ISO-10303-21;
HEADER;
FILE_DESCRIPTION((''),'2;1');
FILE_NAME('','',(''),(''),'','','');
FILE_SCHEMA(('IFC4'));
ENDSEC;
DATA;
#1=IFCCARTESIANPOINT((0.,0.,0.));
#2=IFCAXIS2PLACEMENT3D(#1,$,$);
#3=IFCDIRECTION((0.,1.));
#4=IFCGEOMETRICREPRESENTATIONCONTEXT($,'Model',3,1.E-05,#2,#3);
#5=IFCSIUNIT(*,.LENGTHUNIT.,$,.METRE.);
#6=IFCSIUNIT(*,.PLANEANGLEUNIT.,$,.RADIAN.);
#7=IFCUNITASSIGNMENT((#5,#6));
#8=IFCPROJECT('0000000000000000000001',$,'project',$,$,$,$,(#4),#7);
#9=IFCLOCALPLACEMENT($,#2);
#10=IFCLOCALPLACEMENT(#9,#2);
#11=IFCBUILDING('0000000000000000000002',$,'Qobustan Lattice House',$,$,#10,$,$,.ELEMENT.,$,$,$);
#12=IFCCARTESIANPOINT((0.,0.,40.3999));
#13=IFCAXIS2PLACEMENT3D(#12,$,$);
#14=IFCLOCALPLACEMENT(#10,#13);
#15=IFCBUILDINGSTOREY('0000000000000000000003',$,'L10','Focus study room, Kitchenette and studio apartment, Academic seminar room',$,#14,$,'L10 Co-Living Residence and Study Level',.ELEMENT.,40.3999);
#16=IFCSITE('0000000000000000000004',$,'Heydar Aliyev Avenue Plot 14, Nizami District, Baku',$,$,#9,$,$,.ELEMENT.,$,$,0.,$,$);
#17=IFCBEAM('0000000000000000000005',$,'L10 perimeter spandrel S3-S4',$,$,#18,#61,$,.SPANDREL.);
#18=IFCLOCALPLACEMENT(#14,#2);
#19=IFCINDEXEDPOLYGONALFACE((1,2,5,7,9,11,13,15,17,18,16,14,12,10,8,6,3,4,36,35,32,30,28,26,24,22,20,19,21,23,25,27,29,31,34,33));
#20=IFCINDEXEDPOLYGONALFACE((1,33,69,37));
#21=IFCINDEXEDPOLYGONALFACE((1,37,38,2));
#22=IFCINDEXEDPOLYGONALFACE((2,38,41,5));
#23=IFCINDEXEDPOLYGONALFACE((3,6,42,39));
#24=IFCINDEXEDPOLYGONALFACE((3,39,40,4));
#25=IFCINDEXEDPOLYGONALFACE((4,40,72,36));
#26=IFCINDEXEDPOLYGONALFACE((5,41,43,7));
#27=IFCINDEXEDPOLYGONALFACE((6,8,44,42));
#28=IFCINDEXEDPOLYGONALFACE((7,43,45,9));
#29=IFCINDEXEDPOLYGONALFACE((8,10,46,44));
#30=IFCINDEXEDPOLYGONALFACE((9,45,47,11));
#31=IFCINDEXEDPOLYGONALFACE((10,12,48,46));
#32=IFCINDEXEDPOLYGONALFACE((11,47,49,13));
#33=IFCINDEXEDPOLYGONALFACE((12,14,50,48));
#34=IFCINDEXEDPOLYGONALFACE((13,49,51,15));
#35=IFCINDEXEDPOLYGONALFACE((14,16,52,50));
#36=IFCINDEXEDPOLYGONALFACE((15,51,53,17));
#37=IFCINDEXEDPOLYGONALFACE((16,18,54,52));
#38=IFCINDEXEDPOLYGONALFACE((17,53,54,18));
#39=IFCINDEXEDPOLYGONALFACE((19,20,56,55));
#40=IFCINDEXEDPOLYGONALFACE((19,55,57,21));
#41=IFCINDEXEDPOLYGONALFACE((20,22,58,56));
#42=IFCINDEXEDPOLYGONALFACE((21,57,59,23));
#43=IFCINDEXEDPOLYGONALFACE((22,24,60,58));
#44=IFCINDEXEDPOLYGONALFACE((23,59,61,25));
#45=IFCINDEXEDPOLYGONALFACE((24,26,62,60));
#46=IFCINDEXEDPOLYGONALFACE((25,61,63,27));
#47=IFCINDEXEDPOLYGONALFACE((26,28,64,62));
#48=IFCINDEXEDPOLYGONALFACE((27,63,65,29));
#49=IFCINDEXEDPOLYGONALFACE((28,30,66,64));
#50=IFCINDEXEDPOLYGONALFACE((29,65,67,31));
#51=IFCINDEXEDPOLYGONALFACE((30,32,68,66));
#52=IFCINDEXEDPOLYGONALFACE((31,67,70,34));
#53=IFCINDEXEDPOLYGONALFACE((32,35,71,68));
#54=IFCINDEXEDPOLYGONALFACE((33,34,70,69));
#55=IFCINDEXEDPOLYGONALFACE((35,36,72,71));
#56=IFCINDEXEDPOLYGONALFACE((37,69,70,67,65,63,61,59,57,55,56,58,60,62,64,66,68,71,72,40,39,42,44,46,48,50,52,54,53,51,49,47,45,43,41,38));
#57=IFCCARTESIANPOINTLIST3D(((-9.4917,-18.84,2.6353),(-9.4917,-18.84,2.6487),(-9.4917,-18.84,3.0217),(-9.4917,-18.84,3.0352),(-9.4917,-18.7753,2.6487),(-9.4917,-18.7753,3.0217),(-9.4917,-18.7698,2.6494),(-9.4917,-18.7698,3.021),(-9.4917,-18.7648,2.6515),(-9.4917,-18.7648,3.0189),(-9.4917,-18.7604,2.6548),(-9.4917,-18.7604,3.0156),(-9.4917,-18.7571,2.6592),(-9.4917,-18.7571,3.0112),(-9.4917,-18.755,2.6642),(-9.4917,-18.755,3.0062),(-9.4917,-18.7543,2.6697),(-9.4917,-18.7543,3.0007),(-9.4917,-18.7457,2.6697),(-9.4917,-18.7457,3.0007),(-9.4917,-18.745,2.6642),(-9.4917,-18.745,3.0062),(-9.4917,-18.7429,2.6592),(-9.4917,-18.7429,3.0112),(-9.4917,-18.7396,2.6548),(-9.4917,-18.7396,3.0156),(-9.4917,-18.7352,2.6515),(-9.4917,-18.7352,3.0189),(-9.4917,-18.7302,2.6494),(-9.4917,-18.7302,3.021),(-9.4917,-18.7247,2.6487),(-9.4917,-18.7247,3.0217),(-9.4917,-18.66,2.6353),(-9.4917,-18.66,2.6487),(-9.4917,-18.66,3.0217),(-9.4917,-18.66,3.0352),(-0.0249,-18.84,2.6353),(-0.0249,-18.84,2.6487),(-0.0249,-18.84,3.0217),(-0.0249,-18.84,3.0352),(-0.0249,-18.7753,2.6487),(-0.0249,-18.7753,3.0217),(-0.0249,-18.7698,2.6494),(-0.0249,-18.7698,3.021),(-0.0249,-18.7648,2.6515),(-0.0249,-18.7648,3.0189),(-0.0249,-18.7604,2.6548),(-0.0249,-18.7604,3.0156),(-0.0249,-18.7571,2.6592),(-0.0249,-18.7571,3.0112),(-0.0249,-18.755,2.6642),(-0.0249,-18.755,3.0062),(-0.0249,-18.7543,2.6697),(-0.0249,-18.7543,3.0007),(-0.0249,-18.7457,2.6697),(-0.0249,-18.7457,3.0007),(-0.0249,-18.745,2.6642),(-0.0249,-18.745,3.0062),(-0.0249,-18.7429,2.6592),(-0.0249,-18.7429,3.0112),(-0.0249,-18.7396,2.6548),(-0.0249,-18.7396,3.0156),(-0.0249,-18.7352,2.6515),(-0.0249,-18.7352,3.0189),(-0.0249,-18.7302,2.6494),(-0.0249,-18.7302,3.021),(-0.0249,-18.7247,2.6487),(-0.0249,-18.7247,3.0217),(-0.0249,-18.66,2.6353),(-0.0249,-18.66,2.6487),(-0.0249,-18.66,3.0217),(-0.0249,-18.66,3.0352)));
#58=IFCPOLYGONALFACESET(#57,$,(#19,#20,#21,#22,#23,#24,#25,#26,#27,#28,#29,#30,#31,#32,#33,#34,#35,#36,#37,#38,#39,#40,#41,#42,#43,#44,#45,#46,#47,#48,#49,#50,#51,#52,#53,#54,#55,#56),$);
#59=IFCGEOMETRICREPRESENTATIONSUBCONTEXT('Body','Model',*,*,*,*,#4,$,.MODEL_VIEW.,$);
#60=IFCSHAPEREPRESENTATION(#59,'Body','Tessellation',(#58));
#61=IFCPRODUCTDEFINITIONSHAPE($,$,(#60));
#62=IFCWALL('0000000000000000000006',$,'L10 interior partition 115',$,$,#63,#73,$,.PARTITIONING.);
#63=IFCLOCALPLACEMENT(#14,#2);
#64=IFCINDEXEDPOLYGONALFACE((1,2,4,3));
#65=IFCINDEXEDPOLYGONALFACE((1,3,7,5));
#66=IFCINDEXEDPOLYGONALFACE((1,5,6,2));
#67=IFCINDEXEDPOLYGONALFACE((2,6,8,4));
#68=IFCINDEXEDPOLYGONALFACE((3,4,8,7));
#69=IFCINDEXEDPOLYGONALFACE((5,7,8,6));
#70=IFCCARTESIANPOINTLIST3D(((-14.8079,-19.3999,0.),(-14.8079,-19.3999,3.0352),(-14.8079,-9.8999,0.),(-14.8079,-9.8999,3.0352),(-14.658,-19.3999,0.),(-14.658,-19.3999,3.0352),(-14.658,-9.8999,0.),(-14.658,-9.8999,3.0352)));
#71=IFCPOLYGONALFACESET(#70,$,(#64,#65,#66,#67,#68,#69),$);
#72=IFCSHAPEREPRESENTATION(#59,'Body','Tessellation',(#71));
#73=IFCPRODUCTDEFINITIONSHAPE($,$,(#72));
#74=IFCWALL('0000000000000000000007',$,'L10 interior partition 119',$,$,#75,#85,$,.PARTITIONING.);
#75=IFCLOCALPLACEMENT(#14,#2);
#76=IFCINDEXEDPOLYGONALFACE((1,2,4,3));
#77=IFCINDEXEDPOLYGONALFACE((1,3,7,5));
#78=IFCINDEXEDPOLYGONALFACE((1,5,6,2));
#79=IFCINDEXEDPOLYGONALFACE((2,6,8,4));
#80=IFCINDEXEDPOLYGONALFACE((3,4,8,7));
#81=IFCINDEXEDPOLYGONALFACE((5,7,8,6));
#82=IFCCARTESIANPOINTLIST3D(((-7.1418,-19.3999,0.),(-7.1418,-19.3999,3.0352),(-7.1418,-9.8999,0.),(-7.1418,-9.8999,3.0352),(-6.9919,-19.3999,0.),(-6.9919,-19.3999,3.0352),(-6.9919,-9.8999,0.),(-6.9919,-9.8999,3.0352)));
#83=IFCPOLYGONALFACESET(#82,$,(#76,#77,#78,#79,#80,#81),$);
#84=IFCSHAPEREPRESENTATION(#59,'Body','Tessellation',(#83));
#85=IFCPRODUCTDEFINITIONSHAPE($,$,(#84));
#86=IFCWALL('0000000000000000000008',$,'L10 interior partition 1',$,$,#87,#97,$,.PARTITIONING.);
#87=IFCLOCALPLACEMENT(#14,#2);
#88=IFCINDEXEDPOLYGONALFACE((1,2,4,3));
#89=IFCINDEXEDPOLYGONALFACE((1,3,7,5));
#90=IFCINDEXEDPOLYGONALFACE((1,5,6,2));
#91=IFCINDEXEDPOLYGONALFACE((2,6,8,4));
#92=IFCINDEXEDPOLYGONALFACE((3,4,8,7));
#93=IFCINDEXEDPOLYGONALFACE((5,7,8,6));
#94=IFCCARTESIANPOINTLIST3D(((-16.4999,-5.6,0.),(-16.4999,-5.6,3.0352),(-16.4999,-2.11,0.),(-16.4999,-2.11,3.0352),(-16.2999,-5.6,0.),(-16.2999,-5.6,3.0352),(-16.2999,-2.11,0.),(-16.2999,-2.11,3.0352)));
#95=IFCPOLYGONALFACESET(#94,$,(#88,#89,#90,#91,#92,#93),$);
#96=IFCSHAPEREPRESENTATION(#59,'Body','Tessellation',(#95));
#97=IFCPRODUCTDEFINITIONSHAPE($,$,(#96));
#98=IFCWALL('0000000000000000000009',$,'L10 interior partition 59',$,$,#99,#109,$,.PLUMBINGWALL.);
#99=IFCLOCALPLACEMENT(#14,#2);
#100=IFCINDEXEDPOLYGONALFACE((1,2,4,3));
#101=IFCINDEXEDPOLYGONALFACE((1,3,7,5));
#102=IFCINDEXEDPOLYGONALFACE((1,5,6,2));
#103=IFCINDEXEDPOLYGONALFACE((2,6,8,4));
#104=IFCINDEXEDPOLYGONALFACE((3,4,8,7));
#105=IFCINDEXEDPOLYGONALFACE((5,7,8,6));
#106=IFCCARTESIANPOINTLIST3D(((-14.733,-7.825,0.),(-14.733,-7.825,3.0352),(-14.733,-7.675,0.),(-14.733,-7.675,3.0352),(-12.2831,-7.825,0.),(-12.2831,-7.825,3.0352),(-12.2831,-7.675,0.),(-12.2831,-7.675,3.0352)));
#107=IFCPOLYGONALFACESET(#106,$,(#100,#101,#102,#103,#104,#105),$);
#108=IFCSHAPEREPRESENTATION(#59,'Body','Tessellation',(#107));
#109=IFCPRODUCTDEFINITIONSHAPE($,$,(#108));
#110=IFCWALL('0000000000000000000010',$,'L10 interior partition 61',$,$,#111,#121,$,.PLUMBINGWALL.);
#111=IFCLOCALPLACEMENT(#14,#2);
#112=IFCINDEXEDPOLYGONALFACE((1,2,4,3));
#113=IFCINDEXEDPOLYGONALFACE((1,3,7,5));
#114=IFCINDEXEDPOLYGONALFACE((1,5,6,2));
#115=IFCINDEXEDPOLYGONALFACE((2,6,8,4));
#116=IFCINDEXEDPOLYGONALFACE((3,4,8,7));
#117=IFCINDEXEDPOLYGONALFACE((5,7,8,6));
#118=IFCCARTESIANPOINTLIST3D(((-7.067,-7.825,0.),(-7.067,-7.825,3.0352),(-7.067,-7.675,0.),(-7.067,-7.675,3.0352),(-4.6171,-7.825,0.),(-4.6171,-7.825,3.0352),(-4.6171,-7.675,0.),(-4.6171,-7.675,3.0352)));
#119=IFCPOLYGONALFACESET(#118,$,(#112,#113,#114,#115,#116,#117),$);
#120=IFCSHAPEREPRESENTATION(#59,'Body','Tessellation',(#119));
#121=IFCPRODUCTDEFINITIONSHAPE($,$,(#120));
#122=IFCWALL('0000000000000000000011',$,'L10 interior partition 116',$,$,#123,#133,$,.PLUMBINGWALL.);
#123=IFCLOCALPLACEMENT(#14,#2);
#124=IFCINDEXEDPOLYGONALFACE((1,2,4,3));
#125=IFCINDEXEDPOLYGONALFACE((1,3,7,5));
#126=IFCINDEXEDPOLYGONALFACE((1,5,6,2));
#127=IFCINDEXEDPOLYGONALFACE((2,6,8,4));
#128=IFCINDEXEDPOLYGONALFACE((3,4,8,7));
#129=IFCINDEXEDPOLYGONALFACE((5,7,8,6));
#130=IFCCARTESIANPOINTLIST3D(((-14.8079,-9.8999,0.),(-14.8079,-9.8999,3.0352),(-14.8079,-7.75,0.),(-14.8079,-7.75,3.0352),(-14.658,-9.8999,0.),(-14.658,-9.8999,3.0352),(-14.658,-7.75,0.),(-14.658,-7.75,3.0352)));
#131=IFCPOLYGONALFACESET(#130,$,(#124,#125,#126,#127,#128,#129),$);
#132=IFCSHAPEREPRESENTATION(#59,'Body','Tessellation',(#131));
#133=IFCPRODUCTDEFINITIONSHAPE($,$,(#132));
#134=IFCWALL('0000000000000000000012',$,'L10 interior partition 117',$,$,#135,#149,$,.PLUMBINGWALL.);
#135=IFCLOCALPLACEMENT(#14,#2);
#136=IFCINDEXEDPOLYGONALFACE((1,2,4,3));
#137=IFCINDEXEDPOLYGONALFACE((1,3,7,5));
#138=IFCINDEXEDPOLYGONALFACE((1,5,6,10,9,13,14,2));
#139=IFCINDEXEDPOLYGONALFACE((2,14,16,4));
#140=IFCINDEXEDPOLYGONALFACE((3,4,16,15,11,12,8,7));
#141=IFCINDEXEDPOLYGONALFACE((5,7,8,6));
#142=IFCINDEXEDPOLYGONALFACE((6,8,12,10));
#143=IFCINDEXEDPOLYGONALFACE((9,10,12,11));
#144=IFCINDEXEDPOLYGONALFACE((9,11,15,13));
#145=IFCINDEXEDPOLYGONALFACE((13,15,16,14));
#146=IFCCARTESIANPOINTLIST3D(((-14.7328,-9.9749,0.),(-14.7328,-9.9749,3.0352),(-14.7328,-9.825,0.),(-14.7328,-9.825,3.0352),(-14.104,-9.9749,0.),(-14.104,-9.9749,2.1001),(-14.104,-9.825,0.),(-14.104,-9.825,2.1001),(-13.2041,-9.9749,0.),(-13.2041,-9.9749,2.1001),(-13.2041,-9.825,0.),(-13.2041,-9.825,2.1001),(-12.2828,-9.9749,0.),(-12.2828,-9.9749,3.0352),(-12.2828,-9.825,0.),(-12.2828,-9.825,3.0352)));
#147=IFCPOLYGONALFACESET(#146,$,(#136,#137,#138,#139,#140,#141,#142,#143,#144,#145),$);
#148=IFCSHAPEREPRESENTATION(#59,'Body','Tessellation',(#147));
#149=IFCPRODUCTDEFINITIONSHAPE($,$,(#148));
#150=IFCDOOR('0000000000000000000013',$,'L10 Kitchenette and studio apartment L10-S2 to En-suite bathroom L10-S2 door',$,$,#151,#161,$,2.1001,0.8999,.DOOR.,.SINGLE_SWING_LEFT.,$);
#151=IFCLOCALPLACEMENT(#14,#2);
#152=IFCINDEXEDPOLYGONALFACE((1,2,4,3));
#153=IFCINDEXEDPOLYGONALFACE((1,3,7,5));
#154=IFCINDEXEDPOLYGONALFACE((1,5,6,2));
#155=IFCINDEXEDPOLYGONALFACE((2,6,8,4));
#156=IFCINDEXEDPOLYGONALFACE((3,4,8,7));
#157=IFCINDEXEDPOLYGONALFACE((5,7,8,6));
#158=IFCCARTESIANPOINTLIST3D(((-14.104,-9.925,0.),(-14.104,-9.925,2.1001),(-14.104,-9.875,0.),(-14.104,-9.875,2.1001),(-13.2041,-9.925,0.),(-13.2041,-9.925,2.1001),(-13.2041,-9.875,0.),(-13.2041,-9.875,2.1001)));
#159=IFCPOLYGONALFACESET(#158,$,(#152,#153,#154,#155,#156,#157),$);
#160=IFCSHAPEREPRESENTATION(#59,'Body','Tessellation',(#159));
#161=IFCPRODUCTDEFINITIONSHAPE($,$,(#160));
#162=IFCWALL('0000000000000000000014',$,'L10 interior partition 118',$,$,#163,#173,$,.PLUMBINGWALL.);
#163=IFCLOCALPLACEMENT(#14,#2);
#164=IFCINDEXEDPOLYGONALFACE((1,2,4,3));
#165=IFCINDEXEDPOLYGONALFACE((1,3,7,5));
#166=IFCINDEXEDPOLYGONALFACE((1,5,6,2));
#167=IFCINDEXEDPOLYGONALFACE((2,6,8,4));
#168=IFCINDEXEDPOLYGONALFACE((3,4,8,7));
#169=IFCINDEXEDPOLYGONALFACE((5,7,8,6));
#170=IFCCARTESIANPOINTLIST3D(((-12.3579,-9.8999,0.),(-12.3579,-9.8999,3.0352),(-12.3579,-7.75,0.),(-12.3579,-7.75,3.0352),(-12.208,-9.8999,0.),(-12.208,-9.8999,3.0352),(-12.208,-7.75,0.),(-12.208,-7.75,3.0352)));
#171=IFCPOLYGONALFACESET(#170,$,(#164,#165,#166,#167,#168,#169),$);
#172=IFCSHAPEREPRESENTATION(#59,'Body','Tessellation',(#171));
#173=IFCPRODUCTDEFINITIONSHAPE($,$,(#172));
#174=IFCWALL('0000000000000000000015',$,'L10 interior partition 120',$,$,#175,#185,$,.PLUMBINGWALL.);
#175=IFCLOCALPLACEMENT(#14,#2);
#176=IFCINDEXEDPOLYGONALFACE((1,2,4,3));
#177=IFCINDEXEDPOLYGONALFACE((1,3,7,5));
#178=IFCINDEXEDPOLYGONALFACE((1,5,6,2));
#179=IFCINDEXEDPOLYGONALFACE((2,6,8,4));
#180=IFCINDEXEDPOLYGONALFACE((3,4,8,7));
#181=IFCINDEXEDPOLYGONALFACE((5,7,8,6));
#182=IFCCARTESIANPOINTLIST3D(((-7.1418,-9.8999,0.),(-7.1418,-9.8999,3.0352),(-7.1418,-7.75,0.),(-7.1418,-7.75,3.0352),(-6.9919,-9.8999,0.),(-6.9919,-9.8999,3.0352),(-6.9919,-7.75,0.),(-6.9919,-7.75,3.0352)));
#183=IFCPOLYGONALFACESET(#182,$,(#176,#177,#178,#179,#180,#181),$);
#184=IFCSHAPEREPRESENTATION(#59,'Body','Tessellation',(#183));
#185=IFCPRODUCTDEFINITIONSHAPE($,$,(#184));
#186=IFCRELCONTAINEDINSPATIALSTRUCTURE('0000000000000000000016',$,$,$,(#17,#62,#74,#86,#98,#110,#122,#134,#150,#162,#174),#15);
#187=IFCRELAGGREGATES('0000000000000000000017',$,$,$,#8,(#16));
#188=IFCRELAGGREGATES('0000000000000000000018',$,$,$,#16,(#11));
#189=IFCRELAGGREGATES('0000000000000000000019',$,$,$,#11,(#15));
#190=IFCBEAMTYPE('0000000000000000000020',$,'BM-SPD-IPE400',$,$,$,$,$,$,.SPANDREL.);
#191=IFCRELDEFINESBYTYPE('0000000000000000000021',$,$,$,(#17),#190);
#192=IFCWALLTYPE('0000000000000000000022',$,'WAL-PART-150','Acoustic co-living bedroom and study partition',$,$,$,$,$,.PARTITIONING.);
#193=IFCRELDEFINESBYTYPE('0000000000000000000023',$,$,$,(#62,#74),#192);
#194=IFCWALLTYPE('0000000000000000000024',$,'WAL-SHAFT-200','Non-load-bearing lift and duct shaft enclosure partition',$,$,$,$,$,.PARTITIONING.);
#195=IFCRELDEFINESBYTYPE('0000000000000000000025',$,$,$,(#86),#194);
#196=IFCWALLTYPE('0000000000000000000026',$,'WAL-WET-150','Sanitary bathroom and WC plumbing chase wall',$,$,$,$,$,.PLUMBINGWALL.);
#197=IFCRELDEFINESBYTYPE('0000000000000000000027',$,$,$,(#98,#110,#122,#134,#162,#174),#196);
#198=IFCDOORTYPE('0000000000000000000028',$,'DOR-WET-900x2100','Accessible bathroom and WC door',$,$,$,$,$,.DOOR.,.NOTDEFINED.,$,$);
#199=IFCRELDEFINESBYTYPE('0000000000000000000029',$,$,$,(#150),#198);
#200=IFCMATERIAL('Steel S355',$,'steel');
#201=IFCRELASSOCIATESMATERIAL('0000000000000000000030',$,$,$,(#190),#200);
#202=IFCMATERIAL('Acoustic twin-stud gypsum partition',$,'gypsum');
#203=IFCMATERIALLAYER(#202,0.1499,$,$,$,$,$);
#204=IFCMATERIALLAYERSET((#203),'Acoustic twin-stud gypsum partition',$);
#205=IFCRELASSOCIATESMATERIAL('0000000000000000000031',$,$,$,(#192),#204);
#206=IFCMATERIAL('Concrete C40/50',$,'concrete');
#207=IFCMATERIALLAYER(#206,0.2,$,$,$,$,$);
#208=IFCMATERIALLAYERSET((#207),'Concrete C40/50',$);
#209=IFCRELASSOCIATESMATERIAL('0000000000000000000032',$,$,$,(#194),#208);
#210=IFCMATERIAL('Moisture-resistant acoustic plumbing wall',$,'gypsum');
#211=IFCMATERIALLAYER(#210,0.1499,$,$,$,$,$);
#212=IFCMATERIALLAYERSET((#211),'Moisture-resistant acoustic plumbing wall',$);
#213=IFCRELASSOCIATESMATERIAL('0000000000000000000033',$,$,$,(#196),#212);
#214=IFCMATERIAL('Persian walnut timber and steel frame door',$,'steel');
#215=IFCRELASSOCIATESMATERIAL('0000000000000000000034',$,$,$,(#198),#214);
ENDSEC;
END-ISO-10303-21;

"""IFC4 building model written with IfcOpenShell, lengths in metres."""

from ifc_helpers import new_model, si_unit, direction, frame, frame_2d, origin, origin_2d, place, context, subcontext, project, spatial, rectangle, i_section, extrude, material, layer, layer_set, material_profile, profile_set, type_object, element, fill, save


model = new_model("IFC4")

# Units and contexts
model_context = context("Model", 3, precision=1e-05, world=origin(), true_north=direction((0.0, 1.0)))
body_context = subcontext(model_context, "Body", "Model", "MODEL_VIEW")
ifc_project = project(units=[si_unit("LENGTHUNIT", "METRE"), si_unit("PLANEANGLEUNIT", "RADIAN")], contexts=[model_context])

# Site, building, storey
site_placement = place(None, origin())
site = spatial("IfcSite", under=ifc_project, at=site_placement, Name="Heydar Aliyev Avenue Plot 14, Nizami District, Baku", CompositionType="ELEMENT", RefElevation=0.0)
building_placement = place(site_placement, origin())
building = spatial("IfcBuilding", under=site, at=building_placement, Name="Qobustan Lattice House", CompositionType="ELEMENT")
storey_placement = place(building_placement, frame((0.0, 0.0, 40.3999)))
storey = spatial("IfcBuildingStorey", under=building, at=storey_placement, Name="L10", Description="Focus study room, Kitchenette and studio apartment, Academic seminar room", LongName="L10 Co-Living Residence and Study Level", CompositionType="ELEMENT", Elevation=40.3999)

# Beam
ifc_material_1 = material(Name="Steel S355", Category="steel")
ifc_material_profile_1 = material_profile(ifc_material_1, i_section(OverallWidth=0.1799, OverallDepth=0.3999, WebThickness=0.0085, FlangeThickness=0.0134, FilletRadius=0.021, at=origin_2d()), Name="IPE400")
ifc_profile_set_1 = profile_set([ifc_material_profile_1], Name="Steel S355")
beam_type_1 = type_object("IfcBeamType", Name="BM-SPD-IPE400", PredefinedType="SPANDREL", material=ifc_profile_set_1)
beam_1_placement = place(storey_placement, frame((-9.4917, -18.75, 2.8352), z_axis=(1.0, 0.0, 0.0), x_axis=(0.0, 1.0, 0.0)))
element("IfcBeam", 1, at=beam_1_placement, inside=storey, type_object=beam_type_1, Name="L10 perimeter spandrel S3-S4", PredefinedType="SPANDREL", context=body_context, shape_type="SweptSolid", body=[
    extrude(i_section(OverallWidth=0.1799, OverallDepth=0.3999, WebThickness=0.0085, FlangeThickness=0.0134, FilletRadius=0.021, at=origin_2d()), origin(), (0.0, 0.0, 1.0), 9.4668),
])

# Shared definitions
ifc_material_2 = material(Name="Acoustic twin-stud gypsum partition", Category="gypsum")
ifc_layer_1 = layer(ifc_material_2, 0.1499)
ifc_layer_set_1 = layer_set([ifc_layer_1], Name="Acoustic twin-stud gypsum partition")
wall_type_1 = type_object("IfcWallType", Name="WAL-PART-150", Description="Acoustic co-living bedroom and study partition", PredefinedType="PARTITIONING", material=ifc_layer_set_1)

# Walls
for number, where, z_axis, x_axis, name in (
    (2, (-14.7329, -9.8999, 0.0), (0.0, 0.0, 1.0), (0.0, -1.0, 0.0), "L10 interior partition 115"),
    (3, (-7.0669, -9.8999, 0.0), (0.0, 0.0, 1.0), (0.0, -1.0, 0.0), "L10 interior partition 119"),
):
    element("IfcWall", number, at=place(storey_placement, frame(where, z_axis=z_axis, x_axis=x_axis)), inside=storey, type_object=wall_type_1, Name=name, PredefinedType="PARTITIONING", context=body_context, shape_type="SweptSolid", body=[
        extrude(rectangle(XDim=9.5, YDim=0.1499, at=frame_2d((4.75, 0.0))), origin(), (0.0, 0.0, 1.0), 3.0352),
    ])
ifc_material_3 = material(Name="Concrete C40/50", Category="concrete")
ifc_layer_2 = layer(ifc_material_3, 0.2)
ifc_layer_set_2 = layer_set([ifc_layer_2], Name="Concrete C40/50")
wall_type_2 = type_object("IfcWallType", Name="WAL-SHAFT-200", Description="Non-load-bearing lift and duct shaft enclosure partition", PredefinedType="PARTITIONING", material=ifc_layer_set_2)
wall_1_placement = place(storey_placement, frame((-16.3999, -5.6001, 0.0), z_axis=(0.0, 0.0, 1.0), x_axis=(0.0, 1.0, 0.0)))
element("IfcWall", 4, at=wall_1_placement, inside=storey, type_object=wall_type_2, Name="L10 interior partition 1", PredefinedType="PARTITIONING", context=body_context, shape_type="SweptSolid", body=[
    extrude(rectangle(XDim=3.49, YDim=0.2, at=frame_2d((1.7451, 0.0))), origin(), (0.0, 0.0, 1.0), 3.0352),
])
ifc_material_4 = material(Name="Moisture-resistant acoustic plumbing wall", Category="gypsum")
ifc_layer_3 = layer(ifc_material_4, 0.1499)
ifc_layer_set_3 = layer_set([ifc_layer_3], Name="Moisture-resistant acoustic plumbing wall")
wall_type_3 = type_object("IfcWallType", Name="WAL-WET-150", Description="Sanitary bathroom and WC plumbing chase wall", PredefinedType="PLUMBINGWALL", material=ifc_layer_set_3)
for number, where, z_axis, x_axis, name in (
    (5, (-12.283, -7.75, 0.0), (0.0, 0.0, 1.0), (-1.0, 0.0, 0.0), "L10 interior partition 59"),
    (6, (-4.6169, -7.75, 0.0), (0.0, 0.0, 1.0), (-1.0, 0.0, 0.0), "L10 interior partition 61"),
):
    element("IfcWall", number, at=place(storey_placement, frame(where, z_axis=z_axis, x_axis=x_axis)), inside=storey, type_object=wall_type_3, Name=name, PredefinedType="PLUMBINGWALL", context=body_context, shape_type="SweptSolid", body=[
        extrude(rectangle(XDim=2.45, YDim=0.1499, at=frame_2d((1.2251, 0.0))), origin(), (0.0, 0.0, 1.0), 3.0352),
    ])
wall_2_placement = place(storey_placement, frame((-14.7329, -7.75, 0.0), z_axis=(0.0, 0.0, 1.0), x_axis=(0.0, -1.0, 0.0)))
element("IfcWall", 7, at=wall_2_placement, inside=storey, type_object=wall_type_3, Name="L10 interior partition 116", PredefinedType="PLUMBINGWALL", context=body_context, shape_type="SweptSolid", body=[
    extrude(rectangle(XDim=2.1499, YDim=0.1499, at=frame_2d((1.075, 0.0))), origin(), (0.0, 0.0, 1.0), 3.0352),
])

# Wall, opening, door
wall_3_placement = place(storey_placement, frame((-14.7329, -9.8999, 0.0), z_axis=(0.0, 0.0, 1.0), x_axis=(1.0, 0.0, 0.0)))
wall_3 = element("IfcWall", 8, at=wall_3_placement, inside=storey, type_object=wall_type_3, Name="L10 interior partition 117", PredefinedType="PLUMBINGWALL", context=body_context, shape_type="SweptSolid", body=[
    extrude(rectangle(XDim=2.45, YDim=0.1499, at=frame_2d((1.2251, 0.0))), origin(), (0.0, 0.0, 1.0), 3.0352),
])
opening_1_placement = place(wall_3_placement, frame((0.6289, 0.0, 0.0)))
opening_1 = element("IfcOpeningElement", 9, at=opening_1_placement, cuts=wall_3, PredefinedType="OPENING", context=body_context, shape_type="SweptSolid", body=[
    extrude(rectangle(XDim=0.8999, YDim=2.1001, at=frame_2d((0.45, 1.05))), frame((0.0, 0.085, 0.0), z_axis=(0.0, -1.0, 0.0), x_axis=(1.0, 0.0, 0.0)), (0.0, 0.0, 1.0), 0.1699),
])
ifc_material_5 = material(Name="Persian walnut timber and steel frame door", Category="steel")
door_type_1 = type_object("IfcDoorType", Name="DOR-WET-900x2100", Description="Accessible bathroom and WC door", OperationType="NOTDEFINED", PredefinedType="DOOR", material=ifc_material_5)
door_1_placement = place(opening_1_placement, origin())
door_1 = element("IfcDoor", 10, at=door_1_placement, inside=storey, type_object=door_type_1, Name="L10 Kitchenette and studio apartment L10-S2 to En-suite bathroom L10-S2 door", OperationType="SINGLE_SWING_LEFT", OverallHeight=2.1001, OverallWidth=0.8999, PredefinedType="DOOR", context=body_context, shape_type="SweptSolid", body=[
    extrude(rectangle(XDim=0.8999, YDim=2.1001, at=frame_2d((0.45, 1.05))), frame((0.0, 0.0249, 0.0), z_axis=(0.0, -1.0, 0.0), x_axis=(1.0, 0.0, 0.0)), (0.0, 0.0, 1.0), 0.05),
])
fill(opening_1, door_1)

# Walls
for number, where, z_axis, x_axis, name in (
    (11, (-12.283, -9.8999, 0.0), (0.0, 0.0, 1.0), (0.0, 1.0, 0.0), "L10 interior partition 118"),
    (12, (-7.0669, -7.75, 0.0), (0.0, 0.0, 1.0), (0.0, -1.0, 0.0), "L10 interior partition 120"),
):
    element("IfcWall", number, at=place(storey_placement, frame(where, z_axis=z_axis, x_axis=x_axis)), inside=storey, type_object=wall_type_3, Name=name, PredefinedType="PLUMBINGWALL", context=body_context, shape_type="SweptSolid", body=[
        extrude(rectangle(XDim=2.1499, YDim=0.1499, at=frame_2d((1.075, 0.0))), origin(), (0.0, 0.0, 1.0), 3.0352),
    ])

save(model, "model.ifc")
